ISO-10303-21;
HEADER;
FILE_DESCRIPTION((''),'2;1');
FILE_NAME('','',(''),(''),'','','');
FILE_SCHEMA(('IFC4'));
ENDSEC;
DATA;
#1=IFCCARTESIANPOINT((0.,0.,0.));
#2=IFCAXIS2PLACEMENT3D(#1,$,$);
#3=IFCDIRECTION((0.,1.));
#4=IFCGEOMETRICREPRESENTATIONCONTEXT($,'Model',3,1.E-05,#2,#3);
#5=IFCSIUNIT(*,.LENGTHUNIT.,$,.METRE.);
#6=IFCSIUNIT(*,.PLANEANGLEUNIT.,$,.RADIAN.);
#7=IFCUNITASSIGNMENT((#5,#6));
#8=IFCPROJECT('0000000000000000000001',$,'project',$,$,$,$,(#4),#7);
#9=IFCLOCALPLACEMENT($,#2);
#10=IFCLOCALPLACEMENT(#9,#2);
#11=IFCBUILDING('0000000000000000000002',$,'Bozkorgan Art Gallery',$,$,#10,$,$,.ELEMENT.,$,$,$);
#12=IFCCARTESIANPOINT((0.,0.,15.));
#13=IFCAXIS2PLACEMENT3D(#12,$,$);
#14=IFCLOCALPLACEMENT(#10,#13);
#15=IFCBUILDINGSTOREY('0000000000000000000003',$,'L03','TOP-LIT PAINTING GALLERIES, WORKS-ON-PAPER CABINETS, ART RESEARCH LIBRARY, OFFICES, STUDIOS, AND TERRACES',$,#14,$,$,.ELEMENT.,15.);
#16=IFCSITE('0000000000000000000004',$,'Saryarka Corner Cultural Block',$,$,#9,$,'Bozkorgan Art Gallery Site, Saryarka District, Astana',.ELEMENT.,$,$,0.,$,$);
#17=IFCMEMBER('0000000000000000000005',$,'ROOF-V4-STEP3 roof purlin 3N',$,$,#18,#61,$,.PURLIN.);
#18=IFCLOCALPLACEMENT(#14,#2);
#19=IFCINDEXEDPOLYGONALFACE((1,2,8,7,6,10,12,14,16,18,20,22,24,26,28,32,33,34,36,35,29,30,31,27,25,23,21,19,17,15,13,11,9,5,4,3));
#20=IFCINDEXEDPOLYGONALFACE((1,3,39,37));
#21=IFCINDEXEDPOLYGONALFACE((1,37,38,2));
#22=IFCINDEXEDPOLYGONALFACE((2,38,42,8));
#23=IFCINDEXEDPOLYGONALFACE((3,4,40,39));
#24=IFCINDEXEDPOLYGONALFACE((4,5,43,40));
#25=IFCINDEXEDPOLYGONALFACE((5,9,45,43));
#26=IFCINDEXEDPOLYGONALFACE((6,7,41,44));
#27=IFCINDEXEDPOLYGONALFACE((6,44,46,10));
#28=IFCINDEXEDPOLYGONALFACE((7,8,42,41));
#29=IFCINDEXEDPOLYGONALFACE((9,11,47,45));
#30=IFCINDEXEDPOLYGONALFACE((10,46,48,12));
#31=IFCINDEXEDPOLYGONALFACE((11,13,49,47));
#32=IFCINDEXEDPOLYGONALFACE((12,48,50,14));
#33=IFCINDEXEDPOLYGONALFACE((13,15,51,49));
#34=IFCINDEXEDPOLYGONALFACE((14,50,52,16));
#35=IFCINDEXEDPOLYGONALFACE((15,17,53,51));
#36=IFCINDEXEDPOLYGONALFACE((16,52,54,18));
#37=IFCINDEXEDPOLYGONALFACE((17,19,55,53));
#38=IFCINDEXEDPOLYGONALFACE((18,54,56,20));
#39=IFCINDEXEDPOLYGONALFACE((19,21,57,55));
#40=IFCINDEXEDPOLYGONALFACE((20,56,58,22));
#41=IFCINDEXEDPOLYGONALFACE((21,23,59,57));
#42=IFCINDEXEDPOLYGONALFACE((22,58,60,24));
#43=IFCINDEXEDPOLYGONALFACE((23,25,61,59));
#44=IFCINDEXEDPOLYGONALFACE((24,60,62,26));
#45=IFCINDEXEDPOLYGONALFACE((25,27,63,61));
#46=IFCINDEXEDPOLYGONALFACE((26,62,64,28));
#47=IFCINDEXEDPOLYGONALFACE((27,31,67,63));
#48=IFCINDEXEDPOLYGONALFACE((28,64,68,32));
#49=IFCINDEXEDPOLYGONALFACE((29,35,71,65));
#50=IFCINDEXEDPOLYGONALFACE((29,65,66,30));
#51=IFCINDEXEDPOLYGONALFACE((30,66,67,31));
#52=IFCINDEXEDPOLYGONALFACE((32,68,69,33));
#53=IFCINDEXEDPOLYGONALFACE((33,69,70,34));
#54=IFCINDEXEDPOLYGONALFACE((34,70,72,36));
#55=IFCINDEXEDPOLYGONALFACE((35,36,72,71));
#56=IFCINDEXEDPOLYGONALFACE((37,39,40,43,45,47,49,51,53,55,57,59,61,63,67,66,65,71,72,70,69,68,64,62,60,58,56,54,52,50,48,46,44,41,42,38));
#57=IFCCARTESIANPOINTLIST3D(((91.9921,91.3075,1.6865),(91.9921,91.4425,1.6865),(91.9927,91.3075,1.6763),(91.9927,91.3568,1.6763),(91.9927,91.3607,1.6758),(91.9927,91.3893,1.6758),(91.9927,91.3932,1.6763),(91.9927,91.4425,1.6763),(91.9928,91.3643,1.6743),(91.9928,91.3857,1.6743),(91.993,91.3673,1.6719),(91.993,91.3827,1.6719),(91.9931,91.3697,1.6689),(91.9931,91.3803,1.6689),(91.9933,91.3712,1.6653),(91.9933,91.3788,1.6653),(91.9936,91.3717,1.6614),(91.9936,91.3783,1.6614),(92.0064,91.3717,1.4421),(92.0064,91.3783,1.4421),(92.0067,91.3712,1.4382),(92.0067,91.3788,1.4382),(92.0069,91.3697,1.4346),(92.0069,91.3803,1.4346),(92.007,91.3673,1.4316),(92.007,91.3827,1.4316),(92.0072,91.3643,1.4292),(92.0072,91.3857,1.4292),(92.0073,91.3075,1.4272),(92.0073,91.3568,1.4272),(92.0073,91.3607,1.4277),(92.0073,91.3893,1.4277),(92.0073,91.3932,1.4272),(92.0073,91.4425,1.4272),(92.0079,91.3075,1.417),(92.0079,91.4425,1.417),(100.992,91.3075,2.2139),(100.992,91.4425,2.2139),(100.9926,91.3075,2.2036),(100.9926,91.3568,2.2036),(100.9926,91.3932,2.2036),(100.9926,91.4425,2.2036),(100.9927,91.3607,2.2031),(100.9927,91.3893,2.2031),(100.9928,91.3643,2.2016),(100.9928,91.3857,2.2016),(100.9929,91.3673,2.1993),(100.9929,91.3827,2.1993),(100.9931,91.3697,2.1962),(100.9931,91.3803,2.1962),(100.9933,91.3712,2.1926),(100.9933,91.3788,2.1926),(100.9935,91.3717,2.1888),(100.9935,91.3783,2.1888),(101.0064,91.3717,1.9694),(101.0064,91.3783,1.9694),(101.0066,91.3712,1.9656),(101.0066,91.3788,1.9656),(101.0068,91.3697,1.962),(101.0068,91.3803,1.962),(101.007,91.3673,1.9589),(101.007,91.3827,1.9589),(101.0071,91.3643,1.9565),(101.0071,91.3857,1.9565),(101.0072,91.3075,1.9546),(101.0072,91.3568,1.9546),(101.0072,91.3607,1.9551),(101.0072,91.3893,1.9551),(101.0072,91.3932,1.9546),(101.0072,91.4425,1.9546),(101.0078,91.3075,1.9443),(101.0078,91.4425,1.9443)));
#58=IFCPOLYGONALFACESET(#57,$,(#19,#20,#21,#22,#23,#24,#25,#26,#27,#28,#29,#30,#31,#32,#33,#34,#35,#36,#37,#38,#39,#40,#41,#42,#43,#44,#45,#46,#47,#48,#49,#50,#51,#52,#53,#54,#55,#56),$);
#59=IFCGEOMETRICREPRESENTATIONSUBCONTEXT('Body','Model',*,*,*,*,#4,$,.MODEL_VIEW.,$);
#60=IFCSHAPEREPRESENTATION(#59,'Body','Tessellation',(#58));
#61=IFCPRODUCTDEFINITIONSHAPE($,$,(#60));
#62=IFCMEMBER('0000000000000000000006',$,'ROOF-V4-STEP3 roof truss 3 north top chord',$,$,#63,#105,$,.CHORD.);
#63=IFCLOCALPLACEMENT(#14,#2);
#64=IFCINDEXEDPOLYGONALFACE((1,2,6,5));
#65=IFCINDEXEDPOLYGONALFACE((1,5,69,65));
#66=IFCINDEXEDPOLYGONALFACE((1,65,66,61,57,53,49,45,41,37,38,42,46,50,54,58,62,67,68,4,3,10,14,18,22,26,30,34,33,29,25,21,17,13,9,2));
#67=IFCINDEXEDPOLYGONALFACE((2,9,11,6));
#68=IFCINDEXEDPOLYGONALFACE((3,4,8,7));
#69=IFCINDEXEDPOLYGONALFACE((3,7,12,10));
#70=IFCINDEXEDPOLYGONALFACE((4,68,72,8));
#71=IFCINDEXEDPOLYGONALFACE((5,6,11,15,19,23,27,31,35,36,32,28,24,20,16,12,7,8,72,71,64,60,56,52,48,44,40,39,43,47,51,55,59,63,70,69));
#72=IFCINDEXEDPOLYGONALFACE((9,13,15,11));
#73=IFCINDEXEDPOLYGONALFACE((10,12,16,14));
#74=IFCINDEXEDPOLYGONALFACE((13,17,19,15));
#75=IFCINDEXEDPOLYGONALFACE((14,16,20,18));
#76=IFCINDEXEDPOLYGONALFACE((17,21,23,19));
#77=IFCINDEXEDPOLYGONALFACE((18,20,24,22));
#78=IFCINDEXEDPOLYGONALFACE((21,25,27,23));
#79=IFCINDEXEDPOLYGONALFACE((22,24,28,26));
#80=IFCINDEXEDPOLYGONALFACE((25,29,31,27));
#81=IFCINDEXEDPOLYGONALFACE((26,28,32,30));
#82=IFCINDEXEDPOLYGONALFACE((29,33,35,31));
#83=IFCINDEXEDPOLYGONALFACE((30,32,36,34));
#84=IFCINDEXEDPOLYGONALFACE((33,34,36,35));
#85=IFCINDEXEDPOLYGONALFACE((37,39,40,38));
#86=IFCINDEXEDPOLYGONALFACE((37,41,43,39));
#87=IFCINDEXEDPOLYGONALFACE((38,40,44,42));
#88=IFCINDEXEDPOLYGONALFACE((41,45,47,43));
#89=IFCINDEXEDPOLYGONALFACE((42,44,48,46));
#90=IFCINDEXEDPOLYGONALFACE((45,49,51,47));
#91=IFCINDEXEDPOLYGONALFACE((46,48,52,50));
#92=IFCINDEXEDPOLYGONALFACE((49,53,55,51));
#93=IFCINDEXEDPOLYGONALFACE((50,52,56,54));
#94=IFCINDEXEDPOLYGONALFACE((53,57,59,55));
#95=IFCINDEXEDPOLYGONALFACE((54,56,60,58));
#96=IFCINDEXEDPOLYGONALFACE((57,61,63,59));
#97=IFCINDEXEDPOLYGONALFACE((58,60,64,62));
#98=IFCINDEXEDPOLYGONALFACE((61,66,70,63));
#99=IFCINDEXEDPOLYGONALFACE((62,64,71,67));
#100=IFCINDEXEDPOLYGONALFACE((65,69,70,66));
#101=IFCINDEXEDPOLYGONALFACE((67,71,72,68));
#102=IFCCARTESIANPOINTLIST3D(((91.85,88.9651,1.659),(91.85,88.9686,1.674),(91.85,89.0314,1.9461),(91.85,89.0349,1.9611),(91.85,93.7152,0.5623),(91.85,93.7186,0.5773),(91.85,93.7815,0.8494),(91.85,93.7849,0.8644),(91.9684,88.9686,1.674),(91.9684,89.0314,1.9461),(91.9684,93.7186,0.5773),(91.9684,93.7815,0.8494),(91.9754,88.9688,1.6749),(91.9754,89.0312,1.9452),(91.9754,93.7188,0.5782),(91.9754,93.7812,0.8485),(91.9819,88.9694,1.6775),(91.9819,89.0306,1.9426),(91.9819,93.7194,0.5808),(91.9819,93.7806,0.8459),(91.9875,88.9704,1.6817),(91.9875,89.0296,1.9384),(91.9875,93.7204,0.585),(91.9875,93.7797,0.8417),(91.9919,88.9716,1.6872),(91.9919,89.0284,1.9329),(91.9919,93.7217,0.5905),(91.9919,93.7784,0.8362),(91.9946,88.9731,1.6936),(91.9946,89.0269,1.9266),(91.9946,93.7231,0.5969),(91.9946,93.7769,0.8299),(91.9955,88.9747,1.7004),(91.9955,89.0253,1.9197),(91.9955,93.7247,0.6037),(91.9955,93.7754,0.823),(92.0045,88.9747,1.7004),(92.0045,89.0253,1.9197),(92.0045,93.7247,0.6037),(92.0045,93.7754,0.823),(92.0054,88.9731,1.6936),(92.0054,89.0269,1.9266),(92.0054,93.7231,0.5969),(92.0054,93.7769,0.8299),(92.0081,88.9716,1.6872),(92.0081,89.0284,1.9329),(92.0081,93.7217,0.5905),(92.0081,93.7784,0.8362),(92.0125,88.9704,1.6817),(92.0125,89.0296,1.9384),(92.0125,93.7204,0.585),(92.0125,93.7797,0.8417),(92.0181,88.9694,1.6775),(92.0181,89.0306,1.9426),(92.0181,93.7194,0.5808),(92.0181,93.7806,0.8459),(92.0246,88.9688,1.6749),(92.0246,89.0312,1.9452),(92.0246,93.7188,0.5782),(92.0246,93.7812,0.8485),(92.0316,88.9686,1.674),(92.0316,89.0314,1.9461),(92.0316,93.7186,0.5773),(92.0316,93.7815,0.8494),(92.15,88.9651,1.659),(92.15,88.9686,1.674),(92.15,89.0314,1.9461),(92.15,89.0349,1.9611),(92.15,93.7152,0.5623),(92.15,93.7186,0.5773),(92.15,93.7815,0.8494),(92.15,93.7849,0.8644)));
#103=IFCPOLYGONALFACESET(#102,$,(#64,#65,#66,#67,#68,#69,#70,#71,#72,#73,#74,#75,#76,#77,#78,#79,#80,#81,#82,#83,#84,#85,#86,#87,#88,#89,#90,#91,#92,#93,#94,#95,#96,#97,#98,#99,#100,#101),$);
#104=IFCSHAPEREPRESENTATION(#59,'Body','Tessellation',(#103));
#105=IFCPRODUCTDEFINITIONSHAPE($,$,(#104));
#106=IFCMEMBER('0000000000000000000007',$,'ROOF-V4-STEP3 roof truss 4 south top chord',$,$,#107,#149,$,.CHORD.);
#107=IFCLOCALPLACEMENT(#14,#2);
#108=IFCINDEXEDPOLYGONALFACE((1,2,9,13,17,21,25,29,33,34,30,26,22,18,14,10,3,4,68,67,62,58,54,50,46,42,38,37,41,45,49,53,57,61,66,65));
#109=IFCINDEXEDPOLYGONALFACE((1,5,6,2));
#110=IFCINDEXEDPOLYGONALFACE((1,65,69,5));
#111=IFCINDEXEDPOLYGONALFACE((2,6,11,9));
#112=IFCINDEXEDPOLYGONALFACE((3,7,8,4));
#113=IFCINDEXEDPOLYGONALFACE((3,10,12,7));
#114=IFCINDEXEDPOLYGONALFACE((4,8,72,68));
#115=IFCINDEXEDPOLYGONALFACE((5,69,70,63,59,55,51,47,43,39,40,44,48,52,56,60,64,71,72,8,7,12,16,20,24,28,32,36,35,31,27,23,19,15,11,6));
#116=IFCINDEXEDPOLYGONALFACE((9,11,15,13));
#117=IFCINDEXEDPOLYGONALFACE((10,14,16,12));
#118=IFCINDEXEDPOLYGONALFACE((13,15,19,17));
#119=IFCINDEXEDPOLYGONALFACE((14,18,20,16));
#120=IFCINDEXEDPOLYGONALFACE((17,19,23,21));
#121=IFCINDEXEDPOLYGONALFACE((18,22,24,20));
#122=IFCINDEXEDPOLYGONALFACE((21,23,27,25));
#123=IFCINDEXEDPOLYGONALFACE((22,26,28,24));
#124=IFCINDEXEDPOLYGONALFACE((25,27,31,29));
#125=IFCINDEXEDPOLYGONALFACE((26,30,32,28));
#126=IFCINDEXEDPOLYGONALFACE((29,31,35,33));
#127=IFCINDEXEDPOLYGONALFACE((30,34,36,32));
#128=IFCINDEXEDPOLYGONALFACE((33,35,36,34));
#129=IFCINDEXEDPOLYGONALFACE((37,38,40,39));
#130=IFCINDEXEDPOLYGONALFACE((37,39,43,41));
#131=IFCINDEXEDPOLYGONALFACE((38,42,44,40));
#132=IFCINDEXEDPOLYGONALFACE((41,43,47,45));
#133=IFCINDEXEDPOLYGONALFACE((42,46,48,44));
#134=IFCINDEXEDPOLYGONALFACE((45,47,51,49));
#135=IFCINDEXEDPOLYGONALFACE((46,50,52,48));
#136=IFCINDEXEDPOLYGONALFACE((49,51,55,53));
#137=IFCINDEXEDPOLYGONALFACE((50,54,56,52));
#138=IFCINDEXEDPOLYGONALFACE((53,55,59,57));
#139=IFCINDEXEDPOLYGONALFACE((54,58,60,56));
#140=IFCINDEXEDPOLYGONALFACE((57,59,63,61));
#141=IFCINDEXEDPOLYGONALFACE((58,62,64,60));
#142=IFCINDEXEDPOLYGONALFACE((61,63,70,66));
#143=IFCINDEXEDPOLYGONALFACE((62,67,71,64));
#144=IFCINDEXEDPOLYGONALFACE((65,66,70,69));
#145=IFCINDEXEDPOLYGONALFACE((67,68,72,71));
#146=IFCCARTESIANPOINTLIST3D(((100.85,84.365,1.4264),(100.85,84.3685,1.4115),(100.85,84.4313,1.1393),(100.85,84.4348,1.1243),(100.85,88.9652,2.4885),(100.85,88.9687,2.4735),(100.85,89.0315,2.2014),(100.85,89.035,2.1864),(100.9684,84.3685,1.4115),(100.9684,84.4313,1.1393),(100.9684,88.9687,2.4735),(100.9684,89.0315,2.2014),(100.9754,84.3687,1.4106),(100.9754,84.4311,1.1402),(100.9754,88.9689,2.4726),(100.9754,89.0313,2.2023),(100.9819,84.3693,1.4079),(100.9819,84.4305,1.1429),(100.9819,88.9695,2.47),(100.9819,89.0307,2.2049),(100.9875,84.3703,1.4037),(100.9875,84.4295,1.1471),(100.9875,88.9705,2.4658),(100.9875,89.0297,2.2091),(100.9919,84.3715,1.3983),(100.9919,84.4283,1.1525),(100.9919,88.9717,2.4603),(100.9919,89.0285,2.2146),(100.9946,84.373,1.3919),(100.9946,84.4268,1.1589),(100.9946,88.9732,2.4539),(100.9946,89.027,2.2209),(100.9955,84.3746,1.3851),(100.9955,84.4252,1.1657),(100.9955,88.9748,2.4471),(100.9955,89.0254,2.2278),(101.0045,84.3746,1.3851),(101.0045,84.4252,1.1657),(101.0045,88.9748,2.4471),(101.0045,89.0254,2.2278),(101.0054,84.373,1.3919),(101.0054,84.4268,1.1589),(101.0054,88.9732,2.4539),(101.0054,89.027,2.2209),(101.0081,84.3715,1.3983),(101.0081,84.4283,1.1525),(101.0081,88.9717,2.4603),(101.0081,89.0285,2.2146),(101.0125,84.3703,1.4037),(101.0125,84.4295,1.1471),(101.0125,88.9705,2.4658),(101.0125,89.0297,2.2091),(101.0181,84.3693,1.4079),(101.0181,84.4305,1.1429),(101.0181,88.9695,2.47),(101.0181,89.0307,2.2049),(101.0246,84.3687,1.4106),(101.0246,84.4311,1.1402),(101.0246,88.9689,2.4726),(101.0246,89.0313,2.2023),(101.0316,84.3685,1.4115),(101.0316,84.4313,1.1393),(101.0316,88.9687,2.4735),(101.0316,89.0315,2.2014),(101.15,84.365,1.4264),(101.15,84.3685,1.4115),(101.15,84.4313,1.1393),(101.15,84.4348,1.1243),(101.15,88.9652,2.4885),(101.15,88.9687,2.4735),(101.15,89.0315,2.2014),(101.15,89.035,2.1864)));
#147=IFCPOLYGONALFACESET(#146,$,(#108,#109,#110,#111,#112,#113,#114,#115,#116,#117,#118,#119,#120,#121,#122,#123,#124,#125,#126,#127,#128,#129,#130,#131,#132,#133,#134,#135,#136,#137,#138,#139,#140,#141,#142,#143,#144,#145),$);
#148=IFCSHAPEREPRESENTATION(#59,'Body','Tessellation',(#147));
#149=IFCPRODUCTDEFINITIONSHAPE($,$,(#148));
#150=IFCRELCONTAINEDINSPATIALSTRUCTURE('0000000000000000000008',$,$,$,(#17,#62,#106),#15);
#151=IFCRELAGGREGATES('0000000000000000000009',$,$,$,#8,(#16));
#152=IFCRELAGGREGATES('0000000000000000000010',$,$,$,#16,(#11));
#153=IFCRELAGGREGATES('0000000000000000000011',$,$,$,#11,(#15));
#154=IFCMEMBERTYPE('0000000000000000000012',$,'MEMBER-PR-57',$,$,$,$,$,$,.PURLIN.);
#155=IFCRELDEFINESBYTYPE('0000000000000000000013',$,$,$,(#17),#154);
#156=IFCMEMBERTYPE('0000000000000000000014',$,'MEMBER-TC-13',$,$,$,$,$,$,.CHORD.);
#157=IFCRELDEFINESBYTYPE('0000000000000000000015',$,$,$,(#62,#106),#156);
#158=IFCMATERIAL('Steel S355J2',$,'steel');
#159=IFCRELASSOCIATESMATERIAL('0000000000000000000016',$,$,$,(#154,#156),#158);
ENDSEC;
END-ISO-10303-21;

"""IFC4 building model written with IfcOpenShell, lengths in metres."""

from ifc_helpers import new_model, si_unit, direction, frame, origin, origin_2d, place, context, subcontext, project, spatial, i_section, extrude, material, material_profile, profile_set, type_object, element, save


model = new_model("IFC4")

# Units and contexts
model_context = context("Model", 3, precision=1e-05, world=origin(), true_north=direction((0.0, 1.0)))
body_context = subcontext(model_context, "Body", "Model", "MODEL_VIEW")
ifc_project = project(units=[si_unit("LENGTHUNIT", "METRE"), si_unit("PLANEANGLEUNIT", "RADIAN")], contexts=[model_context])

# Site, building, storey
site_placement = place(None, origin())
site = spatial("IfcSite", under=ifc_project, at=site_placement, Name="Saryarka Corner Cultural Block", LongName="Bozkorgan Art Gallery Site, Saryarka District, Astana", CompositionType="ELEMENT", RefElevation=0.0)
building_placement = place(site_placement, origin())
building = spatial("IfcBuilding", under=site, at=building_placement, Name="Bozkorgan Art Gallery", CompositionType="ELEMENT")
storey_placement = place(building_placement, frame((0.0, 0.0, 15.0)))
storey = spatial("IfcBuildingStorey", under=building, at=storey_placement, Name="L03", Description="TOP-LIT PAINTING GALLERIES, WORKS-ON-PAPER CABINETS, ART RESEARCH LIBRARY, OFFICES, STUDIOS, AND TERRACES", CompositionType="ELEMENT", Elevation=15.0)

# Shared definitions
ifc_material_1 = material(Name="Steel S355J2", Category="steel")

# Members
ifc_material_profile_1 = material_profile(ifc_material_1, i_section(OverallWidth=0.135, OverallDepth=0.27, WebThickness=0.0066, FlangeThickness=0.0103, FilletRadius=0.0149, at=origin_2d()), Name="IPE 270")
ifc_profile_set_1 = profile_set([ifc_material_profile_1], Name="Steel S355J2")
member_type_1 = type_object("IfcMemberType", Name="MEMBER-PR-57", PredefinedType="PURLIN", material=ifc_profile_set_1)
for number, where, z_axis, x_axis, name in (
    (1, (92.0, 91.375, 1.5518), (0.998288, 0.0, 0.058493), (0.0, 1.0, 0.0), "ROOF-V4-STEP3 roof purlin 3N"),
):
    element("IfcMember", number, at=place(storey_placement, frame(where, z_axis=z_axis, x_axis=x_axis)), inside=storey, type_object=member_type_1, Name=name, PredefinedType="PURLIN", context=body_context, shape_type="SweptSolid", body=[
        extrude(i_section(OverallWidth=0.135, OverallDepth=0.27, WebThickness=0.0066, FlangeThickness=0.0103, FilletRadius=0.0149, at=origin_2d()), origin(), (0.0, 0.0, 1.0), 9.0154),
    ])
ifc_material_profile_2 = material_profile(ifc_material_1, i_section(OverallWidth=0.3, OverallDepth=0.3101, WebThickness=0.009, FlangeThickness=0.0154, FilletRadius=0.0271, at=origin_2d()), Name="HEA 320")
ifc_profile_set_2 = profile_set([ifc_material_profile_2], Name="Steel S355J2")
member_type_2 = type_object("IfcMemberType", Name="MEMBER-TC-13", PredefinedType="CHORD", material=ifc_profile_set_2)
member_1_placement = place(storey_placement, frame((92.0, 89.0, 1.8101), z_axis=(0.0, 0.974368, -0.224962), x_axis=(-1.0, 0.0, 0.0)))
element("IfcMember", 2, at=member_1_placement, inside=storey, type_object=member_type_2, Name="ROOF-V4-STEP3 roof truss 3 north top chord", PredefinedType="CHORD", context=body_context, shape_type="SweptSolid", body=[
    extrude(i_section(OverallWidth=0.3, OverallDepth=0.3101, WebThickness=0.009, FlangeThickness=0.0154, FilletRadius=0.0271, at=origin_2d()), origin(), (0.0, 0.0, 1.0), 4.875),
])
member_2_placement = place(storey_placement, frame((101.0, 84.3999, 1.2754), z_axis=(0.0, 0.97437, 0.22495), x_axis=(-1.0, 0.0, 0.0)))
element("IfcMember", 3, at=member_2_placement, inside=storey, type_object=member_type_2, Name="ROOF-V4-STEP3 roof truss 4 south top chord", PredefinedType="CHORD", context=body_context, shape_type="SweptSolid", body=[
    extrude(i_section(OverallWidth=0.3, OverallDepth=0.3101, WebThickness=0.009, FlangeThickness=0.0154, FilletRadius=0.0271, at=origin_2d()), origin(), (0.0, 0.0, 1.0), 4.7212),
])

save(model, "model.ifc")
